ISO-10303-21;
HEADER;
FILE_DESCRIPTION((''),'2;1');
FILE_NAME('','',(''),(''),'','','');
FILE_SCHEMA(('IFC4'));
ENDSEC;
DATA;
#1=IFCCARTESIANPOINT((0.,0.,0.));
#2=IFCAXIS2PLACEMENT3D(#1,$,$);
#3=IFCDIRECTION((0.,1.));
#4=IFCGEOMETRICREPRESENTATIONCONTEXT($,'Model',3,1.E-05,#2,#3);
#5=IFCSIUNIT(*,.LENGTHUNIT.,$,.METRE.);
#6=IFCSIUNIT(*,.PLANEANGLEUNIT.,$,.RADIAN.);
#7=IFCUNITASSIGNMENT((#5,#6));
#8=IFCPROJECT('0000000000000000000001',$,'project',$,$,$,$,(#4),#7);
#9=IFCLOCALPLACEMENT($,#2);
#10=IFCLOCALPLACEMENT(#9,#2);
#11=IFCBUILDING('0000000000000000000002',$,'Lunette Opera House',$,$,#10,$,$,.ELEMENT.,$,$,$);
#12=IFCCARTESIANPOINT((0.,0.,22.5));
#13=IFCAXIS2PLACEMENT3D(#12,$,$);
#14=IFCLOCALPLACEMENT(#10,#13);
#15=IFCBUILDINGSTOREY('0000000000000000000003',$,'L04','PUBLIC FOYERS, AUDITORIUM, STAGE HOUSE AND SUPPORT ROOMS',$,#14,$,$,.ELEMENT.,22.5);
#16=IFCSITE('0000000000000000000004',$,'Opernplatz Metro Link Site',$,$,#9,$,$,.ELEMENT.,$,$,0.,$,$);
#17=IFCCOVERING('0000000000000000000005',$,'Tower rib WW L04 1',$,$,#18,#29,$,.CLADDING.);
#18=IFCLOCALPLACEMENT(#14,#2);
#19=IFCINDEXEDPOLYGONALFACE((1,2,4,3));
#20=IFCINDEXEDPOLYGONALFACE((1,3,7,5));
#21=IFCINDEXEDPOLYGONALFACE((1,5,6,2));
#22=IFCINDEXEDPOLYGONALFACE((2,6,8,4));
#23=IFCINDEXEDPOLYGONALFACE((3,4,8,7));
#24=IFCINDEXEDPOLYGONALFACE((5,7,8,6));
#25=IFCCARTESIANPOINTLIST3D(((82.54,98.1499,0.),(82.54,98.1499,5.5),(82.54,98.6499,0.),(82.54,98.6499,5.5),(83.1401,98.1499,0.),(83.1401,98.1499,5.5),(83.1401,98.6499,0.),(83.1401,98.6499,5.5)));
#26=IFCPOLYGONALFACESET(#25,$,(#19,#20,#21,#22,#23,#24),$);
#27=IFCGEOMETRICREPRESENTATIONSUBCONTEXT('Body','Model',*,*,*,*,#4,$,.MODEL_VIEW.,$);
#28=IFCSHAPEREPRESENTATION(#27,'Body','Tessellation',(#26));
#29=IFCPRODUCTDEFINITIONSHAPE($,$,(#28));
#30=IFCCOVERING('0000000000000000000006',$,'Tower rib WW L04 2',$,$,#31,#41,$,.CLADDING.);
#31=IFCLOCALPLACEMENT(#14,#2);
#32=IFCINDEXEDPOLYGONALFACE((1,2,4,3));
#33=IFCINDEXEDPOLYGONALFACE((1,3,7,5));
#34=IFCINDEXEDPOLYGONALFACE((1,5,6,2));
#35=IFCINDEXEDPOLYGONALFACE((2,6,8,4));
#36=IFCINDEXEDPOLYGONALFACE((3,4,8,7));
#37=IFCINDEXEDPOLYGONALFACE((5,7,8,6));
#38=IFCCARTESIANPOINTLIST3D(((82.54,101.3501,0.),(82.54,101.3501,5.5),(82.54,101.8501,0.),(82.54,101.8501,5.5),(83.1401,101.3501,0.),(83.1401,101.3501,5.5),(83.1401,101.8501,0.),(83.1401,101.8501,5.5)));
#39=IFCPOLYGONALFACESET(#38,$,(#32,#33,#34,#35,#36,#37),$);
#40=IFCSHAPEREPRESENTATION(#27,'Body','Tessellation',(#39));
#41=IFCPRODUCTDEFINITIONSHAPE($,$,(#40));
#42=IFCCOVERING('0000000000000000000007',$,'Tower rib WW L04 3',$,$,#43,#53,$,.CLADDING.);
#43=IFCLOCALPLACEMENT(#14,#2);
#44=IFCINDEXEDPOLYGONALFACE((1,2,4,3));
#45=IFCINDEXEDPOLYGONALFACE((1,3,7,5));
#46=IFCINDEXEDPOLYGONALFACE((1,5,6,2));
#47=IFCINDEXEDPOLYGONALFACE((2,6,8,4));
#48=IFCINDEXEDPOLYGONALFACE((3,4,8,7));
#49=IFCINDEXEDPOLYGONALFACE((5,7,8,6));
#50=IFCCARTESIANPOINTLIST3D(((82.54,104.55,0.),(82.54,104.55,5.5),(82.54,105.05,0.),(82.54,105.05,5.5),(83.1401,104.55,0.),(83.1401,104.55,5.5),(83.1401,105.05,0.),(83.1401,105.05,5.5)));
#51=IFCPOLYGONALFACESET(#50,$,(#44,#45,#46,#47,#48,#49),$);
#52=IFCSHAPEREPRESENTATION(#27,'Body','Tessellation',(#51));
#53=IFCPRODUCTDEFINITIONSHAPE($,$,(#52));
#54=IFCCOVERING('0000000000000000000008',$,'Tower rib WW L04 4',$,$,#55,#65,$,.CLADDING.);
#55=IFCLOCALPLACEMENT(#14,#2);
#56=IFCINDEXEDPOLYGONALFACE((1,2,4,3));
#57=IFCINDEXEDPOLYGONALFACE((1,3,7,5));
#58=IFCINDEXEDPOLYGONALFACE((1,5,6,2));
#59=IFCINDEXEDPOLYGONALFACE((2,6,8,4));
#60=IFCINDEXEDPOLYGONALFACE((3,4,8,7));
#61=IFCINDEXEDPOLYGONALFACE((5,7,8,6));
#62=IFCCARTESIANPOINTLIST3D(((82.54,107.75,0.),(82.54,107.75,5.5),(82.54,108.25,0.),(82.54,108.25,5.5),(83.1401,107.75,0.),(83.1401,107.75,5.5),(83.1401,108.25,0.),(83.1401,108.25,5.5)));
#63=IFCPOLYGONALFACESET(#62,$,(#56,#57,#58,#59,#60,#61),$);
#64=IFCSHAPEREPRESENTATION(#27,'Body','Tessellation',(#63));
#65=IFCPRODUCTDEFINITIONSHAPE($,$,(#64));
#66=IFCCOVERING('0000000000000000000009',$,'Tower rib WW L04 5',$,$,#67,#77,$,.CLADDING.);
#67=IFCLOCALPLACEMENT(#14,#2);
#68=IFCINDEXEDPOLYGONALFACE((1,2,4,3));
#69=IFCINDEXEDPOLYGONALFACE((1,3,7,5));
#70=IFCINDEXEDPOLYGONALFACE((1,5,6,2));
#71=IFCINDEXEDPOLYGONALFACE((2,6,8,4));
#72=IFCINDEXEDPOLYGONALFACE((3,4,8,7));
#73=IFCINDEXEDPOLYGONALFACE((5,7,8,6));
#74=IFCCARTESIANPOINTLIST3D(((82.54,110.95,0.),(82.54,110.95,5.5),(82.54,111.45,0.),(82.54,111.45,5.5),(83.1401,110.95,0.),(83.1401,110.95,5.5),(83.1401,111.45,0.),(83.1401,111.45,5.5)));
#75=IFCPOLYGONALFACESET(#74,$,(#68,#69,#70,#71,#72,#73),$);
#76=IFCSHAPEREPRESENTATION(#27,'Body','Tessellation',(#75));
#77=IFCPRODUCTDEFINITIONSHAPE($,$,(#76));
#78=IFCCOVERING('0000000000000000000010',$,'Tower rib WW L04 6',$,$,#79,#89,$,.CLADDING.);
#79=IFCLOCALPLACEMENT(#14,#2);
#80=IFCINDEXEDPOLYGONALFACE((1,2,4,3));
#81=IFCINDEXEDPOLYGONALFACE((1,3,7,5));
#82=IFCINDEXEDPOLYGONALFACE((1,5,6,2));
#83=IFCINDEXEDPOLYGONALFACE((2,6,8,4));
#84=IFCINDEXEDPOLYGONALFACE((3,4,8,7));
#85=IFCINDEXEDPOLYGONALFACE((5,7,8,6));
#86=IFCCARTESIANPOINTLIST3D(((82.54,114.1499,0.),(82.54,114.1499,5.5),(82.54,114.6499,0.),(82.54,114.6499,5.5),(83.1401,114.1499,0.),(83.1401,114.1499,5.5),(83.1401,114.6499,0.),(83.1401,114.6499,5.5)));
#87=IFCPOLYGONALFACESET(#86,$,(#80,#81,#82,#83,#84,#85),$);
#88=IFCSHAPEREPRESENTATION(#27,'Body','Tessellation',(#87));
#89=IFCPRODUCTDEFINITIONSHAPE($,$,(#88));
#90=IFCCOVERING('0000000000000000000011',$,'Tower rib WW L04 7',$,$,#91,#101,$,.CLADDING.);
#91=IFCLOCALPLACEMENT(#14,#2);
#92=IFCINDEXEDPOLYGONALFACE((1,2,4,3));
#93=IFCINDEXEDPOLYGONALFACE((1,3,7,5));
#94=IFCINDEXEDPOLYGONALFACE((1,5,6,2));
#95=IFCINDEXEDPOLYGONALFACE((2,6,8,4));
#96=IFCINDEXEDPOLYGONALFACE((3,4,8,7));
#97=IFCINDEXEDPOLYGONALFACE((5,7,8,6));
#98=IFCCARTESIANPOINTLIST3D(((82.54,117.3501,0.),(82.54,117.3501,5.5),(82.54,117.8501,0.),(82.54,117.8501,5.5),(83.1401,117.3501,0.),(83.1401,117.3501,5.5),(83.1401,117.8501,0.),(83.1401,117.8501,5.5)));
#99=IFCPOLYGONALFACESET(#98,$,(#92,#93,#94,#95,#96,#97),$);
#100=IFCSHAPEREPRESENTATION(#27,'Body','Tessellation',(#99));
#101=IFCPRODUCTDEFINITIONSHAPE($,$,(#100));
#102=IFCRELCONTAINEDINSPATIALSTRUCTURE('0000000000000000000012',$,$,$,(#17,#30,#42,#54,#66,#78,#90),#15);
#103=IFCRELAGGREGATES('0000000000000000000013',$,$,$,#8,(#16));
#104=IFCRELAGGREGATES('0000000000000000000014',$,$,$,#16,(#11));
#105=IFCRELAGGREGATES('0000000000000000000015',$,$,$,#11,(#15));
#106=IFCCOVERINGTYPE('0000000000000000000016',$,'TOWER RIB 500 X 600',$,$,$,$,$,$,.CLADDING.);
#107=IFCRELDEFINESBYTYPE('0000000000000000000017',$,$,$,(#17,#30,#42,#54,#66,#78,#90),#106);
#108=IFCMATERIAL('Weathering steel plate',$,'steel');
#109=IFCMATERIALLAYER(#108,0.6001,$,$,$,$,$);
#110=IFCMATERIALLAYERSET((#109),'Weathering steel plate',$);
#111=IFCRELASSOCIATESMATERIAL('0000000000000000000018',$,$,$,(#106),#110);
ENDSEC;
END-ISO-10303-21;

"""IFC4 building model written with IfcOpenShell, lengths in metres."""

from ifc_helpers import new_model, si_unit, direction, frame, origin, origin_2d, place, context, subcontext, project, spatial, rectangle, extrude, material, layer, layer_set, type_object, element, save


model = new_model("IFC4")

# Units and contexts
model_context = context("Model", 3, precision=1e-05, world=origin(), true_north=direction((0.0, 1.0)))
body_context = subcontext(model_context, "Body", "Model", "MODEL_VIEW")
ifc_project = project(units=[si_unit("LENGTHUNIT", "METRE"), si_unit("PLANEANGLEUNIT", "RADIAN")], contexts=[model_context])

# Site, building, storey
site_placement = place(None, origin())
site = spatial("IfcSite", under=ifc_project, at=site_placement, Name="Opernplatz Metro Link Site", CompositionType="ELEMENT", RefElevation=0.0)
building_placement = place(site_placement, origin())
building = spatial("IfcBuilding", under=site, at=building_placement, Name="Lunette Opera House", CompositionType="ELEMENT")
storey_placement = place(building_placement, frame((0.0, 0.0, 22.5)))
storey = spatial("IfcBuildingStorey", under=building, at=storey_placement, Name="L04", Description="PUBLIC FOYERS, AUDITORIUM, STAGE HOUSE AND SUPPORT ROOMS", CompositionType="ELEMENT", Elevation=22.5)

# Coverings
ifc_material_1 = material(Name="Weathering steel plate", Category="steel")
ifc_layer_1 = layer(ifc_material_1, 0.6001)
ifc_layer_set_1 = layer_set([ifc_layer_1], Name="Weathering steel plate")
covering_type_1 = type_object("IfcCoveringType", Name="TOWER RIB 500 X 600", PredefinedType="CLADDING", material=ifc_layer_set_1)
for number, where, z_axis, x_axis, name in (
    (1, (82.8401, 98.3999, 0.0), (0.0, 0.0, 1.0), (0.0, 1.0, 0.0), "Tower rib WW L04 1"),
    (2, (82.8401, 101.6001, 0.0), (0.0, 0.0, 1.0), (0.0, 1.0, 0.0), "Tower rib WW L04 2"),
    (3, (82.8401, 104.8, 0.0), (0.0, 0.0, 1.0), (0.0, 1.0, 0.0), "Tower rib WW L04 3"),
    (4, (82.8401, 108.0, 0.0), (0.0, 0.0, 1.0), (0.0, 1.0, 0.0), "Tower rib WW L04 4"),
    (5, (82.8401, 111.2, 0.0), (0.0, 0.0, 1.0), (0.0, 1.0, 0.0), "Tower rib WW L04 5"),
    (6, (82.8401, 114.3999, 0.0), (0.0, 0.0, 1.0), (0.0, 1.0, 0.0), "Tower rib WW L04 6"),
    (7, (82.8401, 117.6001, 0.0), (0.0, 0.0, 1.0), (0.0, 1.0, 0.0), "Tower rib WW L04 7"),
):
    element("IfcCovering", number, at=place(storey_placement, frame(where, z_axis=z_axis, x_axis=x_axis)), inside=storey, type_object=covering_type_1, Name=name, PredefinedType="CLADDING", context=body_context, shape_type="SweptSolid", body=[
        extrude(rectangle(XDim=0.5, YDim=0.6001, at=origin_2d()), origin(), (0.0, 0.0, 1.0), 5.5),
    ])

save(model, "model.ifc")
